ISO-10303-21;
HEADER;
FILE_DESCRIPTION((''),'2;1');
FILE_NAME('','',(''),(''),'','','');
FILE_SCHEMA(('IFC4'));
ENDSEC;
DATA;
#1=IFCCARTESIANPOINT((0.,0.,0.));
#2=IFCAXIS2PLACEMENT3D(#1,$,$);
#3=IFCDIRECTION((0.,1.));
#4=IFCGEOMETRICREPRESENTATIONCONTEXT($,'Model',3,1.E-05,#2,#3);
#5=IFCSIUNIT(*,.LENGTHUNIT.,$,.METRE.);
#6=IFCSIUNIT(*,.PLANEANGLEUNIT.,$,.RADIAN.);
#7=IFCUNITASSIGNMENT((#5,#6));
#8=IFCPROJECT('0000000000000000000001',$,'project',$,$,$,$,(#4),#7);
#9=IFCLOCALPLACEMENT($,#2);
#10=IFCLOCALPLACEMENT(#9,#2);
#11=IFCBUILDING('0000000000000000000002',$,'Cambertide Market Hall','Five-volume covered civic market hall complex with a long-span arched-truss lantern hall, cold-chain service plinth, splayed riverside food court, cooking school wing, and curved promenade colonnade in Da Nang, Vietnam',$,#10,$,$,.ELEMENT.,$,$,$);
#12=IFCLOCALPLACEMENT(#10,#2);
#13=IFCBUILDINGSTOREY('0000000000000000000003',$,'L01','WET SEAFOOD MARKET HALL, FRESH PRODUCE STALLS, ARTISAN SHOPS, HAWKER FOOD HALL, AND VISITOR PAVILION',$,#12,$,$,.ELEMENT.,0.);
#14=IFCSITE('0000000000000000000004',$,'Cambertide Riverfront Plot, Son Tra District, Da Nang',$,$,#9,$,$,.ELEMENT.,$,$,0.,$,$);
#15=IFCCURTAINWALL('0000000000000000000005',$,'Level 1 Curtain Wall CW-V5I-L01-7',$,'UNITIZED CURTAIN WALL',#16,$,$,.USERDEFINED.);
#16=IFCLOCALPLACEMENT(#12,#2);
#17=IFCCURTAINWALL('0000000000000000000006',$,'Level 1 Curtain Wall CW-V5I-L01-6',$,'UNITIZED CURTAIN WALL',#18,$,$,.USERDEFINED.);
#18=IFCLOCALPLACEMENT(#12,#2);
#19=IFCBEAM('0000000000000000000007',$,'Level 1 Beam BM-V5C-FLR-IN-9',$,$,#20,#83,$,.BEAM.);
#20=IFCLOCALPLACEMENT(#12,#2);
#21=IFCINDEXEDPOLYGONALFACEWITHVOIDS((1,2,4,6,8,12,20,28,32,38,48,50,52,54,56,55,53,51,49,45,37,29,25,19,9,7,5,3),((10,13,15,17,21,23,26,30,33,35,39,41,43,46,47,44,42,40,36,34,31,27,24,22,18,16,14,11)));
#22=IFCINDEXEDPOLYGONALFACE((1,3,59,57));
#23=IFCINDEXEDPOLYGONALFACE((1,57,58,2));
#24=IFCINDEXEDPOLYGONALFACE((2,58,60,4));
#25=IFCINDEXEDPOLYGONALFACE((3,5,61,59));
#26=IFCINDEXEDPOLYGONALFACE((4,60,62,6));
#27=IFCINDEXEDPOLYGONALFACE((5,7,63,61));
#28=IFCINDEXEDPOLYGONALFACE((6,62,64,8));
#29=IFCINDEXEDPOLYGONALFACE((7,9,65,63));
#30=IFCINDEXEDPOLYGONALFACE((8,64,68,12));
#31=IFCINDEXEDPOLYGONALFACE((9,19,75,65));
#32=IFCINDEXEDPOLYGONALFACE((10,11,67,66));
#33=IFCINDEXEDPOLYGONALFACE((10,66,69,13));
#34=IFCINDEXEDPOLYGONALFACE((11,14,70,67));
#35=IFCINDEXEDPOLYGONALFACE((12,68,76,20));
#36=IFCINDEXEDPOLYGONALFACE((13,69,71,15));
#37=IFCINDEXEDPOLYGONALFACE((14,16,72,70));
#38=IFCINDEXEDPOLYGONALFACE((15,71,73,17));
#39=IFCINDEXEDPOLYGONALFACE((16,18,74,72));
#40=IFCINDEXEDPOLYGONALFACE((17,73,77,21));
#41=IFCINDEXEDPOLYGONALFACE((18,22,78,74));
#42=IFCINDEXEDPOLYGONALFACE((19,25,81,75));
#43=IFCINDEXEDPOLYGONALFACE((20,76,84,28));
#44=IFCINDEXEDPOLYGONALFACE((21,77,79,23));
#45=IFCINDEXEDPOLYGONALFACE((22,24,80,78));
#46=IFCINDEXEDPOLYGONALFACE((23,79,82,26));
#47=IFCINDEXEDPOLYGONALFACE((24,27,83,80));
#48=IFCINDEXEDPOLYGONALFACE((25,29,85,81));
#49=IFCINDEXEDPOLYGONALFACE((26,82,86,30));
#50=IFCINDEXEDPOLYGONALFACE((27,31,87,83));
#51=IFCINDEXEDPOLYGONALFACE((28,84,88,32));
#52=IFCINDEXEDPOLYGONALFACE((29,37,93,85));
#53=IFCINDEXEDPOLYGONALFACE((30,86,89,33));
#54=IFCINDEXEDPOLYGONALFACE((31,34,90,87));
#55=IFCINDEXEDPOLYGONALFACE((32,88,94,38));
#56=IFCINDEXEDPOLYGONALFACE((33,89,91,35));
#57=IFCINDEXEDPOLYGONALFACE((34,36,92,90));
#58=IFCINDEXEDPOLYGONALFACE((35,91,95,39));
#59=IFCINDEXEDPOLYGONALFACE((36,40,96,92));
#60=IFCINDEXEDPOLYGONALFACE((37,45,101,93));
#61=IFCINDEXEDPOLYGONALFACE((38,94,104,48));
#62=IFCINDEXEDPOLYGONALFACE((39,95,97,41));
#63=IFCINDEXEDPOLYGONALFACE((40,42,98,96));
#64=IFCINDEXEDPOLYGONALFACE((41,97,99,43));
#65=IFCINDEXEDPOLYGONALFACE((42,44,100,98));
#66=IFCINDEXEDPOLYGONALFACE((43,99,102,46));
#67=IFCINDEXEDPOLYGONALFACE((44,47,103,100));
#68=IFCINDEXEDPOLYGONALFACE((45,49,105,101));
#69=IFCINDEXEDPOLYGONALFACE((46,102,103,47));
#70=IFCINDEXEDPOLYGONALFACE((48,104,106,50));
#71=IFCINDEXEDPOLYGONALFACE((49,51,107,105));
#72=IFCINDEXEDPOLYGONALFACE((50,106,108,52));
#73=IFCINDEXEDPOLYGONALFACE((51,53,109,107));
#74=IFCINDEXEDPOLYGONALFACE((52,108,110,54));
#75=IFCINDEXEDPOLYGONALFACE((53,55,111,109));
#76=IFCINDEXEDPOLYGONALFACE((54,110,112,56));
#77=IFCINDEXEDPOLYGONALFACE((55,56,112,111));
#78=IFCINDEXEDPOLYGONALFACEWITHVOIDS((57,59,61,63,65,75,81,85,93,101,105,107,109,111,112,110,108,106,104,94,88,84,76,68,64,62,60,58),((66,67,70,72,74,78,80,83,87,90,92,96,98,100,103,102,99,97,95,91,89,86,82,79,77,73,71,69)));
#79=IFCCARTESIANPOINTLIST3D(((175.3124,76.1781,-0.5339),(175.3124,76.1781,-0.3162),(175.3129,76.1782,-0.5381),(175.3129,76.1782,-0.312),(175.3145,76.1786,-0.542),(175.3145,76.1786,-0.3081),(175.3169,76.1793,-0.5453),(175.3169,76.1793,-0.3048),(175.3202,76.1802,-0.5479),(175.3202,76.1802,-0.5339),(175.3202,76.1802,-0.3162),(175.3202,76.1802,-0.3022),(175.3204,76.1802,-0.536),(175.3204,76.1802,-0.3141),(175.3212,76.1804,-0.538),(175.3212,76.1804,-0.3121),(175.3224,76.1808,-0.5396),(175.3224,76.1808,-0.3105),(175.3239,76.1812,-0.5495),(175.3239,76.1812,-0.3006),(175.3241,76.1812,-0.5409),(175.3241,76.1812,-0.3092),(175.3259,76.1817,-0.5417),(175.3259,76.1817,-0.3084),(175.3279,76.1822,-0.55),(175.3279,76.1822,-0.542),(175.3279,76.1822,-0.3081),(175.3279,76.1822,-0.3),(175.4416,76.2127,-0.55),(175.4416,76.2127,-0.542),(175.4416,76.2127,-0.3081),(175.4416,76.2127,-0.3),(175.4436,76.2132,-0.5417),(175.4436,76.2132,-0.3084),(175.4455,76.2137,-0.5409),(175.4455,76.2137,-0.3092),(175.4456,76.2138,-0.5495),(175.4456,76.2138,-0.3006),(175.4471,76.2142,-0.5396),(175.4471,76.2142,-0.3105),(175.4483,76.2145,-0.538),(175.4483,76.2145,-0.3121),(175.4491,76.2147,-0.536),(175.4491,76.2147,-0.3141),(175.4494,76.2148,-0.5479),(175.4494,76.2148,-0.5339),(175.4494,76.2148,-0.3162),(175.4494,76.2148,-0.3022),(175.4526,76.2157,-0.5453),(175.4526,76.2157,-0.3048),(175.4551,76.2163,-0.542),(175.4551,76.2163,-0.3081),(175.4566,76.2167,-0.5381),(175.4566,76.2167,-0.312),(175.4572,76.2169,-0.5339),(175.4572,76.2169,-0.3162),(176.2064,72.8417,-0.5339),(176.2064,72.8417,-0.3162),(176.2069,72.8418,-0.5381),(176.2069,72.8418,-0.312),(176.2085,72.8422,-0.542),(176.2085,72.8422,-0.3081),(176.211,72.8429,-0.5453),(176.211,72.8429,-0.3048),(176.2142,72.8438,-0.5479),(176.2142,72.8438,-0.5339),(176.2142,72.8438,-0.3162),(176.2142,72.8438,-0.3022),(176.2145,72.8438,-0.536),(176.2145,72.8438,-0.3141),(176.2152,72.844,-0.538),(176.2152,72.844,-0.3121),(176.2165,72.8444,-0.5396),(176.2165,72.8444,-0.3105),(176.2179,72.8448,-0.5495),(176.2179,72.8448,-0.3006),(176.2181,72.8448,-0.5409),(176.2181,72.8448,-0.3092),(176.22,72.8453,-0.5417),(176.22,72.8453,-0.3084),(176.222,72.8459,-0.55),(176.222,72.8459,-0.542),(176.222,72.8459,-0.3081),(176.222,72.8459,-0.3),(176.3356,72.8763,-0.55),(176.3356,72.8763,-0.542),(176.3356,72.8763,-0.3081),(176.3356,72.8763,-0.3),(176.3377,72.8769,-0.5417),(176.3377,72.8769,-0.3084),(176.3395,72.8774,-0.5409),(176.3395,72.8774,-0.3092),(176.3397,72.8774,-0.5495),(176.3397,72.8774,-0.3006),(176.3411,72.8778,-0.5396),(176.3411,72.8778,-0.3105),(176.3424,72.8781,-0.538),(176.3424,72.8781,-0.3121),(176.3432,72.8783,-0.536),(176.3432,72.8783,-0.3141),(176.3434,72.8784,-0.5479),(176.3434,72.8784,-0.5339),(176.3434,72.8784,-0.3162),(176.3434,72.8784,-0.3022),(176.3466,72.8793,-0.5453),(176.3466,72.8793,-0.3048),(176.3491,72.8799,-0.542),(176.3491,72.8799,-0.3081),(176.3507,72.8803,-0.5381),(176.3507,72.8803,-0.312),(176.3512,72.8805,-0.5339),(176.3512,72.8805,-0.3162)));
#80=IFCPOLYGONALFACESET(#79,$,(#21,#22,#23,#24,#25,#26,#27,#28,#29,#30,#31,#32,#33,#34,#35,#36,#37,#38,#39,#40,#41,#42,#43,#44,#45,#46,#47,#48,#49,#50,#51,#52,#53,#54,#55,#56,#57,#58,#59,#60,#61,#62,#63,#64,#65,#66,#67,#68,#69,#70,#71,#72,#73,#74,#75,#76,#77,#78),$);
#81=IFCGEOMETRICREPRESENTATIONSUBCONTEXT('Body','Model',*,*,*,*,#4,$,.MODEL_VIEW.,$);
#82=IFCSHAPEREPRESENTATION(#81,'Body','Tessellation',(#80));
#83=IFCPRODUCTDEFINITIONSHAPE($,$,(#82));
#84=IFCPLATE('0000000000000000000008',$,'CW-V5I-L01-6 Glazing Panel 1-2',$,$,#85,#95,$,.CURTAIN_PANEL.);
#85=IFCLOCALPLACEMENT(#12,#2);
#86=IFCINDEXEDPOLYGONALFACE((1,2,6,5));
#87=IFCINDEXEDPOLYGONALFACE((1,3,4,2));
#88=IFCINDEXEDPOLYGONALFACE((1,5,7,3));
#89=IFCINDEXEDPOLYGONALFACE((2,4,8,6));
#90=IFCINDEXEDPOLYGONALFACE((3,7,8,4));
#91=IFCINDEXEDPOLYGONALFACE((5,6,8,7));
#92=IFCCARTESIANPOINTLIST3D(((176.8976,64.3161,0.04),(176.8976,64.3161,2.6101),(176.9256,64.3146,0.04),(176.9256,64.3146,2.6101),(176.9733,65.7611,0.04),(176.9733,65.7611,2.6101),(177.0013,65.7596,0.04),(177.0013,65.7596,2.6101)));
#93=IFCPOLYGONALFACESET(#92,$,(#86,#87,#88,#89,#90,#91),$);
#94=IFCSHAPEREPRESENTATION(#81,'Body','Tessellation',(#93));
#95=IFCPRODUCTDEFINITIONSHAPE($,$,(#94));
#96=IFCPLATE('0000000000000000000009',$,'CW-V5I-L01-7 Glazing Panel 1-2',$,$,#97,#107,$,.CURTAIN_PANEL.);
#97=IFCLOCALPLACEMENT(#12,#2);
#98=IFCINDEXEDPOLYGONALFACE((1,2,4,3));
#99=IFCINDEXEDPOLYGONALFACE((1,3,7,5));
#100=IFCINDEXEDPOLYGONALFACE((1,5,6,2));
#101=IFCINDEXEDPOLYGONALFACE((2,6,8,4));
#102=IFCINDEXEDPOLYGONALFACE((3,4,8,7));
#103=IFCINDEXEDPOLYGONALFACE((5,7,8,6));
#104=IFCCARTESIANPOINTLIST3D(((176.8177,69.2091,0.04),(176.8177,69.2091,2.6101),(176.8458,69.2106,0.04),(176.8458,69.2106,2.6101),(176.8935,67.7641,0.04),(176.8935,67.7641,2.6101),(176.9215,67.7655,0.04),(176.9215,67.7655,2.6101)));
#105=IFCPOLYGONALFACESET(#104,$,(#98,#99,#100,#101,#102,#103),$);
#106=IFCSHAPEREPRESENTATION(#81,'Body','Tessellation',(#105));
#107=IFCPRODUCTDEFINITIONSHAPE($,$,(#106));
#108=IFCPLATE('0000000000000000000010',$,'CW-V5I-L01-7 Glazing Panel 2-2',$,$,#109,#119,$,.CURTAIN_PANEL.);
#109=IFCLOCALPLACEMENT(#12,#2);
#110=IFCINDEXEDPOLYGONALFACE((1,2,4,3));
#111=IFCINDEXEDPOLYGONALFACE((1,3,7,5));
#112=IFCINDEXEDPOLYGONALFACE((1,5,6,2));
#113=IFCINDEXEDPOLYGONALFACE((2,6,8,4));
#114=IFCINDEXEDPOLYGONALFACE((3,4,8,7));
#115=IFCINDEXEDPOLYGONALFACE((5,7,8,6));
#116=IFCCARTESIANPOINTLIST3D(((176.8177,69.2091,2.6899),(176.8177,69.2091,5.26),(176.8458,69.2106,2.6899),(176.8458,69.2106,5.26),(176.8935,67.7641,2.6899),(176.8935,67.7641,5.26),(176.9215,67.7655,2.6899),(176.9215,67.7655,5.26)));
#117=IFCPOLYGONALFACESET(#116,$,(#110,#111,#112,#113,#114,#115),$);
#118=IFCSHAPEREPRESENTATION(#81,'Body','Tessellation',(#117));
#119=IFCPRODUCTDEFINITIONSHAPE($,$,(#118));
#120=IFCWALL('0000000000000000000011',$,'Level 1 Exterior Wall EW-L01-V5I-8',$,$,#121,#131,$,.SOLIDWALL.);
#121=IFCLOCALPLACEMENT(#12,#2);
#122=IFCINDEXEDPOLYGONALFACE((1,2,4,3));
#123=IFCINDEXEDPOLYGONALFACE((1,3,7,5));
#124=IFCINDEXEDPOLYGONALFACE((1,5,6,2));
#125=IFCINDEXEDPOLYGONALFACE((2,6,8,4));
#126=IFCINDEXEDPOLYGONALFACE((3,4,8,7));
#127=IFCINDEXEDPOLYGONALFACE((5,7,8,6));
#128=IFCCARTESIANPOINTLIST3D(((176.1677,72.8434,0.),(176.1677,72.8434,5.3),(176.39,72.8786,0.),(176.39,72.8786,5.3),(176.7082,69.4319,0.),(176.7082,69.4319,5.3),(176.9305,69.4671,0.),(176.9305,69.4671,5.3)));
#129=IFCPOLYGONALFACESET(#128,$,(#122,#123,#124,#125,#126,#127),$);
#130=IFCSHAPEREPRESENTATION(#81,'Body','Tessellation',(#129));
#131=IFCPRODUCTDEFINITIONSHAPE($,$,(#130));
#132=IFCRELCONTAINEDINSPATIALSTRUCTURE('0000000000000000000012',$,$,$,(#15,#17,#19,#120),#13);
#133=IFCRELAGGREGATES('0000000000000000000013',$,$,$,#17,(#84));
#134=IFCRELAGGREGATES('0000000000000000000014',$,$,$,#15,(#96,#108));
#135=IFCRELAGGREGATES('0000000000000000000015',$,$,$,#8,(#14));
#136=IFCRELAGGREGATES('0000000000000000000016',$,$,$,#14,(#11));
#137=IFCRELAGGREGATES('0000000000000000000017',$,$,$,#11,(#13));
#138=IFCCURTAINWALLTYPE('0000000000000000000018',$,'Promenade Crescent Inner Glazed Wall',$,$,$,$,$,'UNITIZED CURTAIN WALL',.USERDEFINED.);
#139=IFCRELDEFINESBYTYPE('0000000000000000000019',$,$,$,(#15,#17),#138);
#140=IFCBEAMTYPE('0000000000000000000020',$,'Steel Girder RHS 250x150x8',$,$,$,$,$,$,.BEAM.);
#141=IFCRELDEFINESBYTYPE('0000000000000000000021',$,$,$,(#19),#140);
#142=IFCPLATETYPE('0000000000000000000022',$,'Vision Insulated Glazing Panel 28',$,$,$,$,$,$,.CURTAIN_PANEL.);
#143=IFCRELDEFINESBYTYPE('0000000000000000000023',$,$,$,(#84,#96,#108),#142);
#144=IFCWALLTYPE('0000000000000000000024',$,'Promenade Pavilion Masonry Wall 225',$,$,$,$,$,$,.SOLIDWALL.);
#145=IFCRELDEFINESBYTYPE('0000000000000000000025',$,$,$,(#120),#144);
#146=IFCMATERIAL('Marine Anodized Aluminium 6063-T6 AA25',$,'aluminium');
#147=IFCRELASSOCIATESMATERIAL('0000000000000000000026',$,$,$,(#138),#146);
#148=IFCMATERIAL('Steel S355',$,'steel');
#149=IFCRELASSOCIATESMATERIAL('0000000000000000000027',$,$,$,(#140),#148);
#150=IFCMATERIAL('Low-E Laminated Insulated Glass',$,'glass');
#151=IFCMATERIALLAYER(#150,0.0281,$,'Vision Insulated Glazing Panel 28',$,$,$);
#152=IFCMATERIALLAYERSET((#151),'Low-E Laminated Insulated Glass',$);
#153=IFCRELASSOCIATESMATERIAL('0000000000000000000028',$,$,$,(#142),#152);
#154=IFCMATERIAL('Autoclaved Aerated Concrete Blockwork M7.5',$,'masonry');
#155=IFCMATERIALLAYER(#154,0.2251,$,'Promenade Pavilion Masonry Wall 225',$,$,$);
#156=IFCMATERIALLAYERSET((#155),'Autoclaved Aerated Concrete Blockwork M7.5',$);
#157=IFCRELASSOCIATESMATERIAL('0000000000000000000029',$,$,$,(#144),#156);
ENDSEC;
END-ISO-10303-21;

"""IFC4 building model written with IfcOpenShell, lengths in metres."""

from ifc_helpers import new_model, si_unit, direction, frame, frame_2d, origin, origin_2d, place, context, subcontext, project, spatial, rectangle, hollow_rectangle, extrude, material, layer, layer_set, material_profile, profile_set, type_object, element, aggregate, save


model = new_model("IFC4")

# Units and contexts
model_context = context("Model", 3, precision=1e-05, world=origin(), true_north=direction((0.0, 1.0)))
body_context = subcontext(model_context, "Body", "Model", "MODEL_VIEW")
ifc_project = project(units=[si_unit("LENGTHUNIT", "METRE"), si_unit("PLANEANGLEUNIT", "RADIAN")], contexts=[model_context])

# Site, building, storey
site_placement = place(None, origin())
site = spatial("IfcSite", under=ifc_project, at=site_placement, Name="Cambertide Riverfront Plot, Son Tra District, Da Nang", CompositionType="ELEMENT", RefElevation=0.0)
building_placement = place(site_placement, origin())
building = spatial("IfcBuilding", under=site, at=building_placement, Name="Cambertide Market Hall", Description="Five-volume covered civic market hall complex with a long-span arched-truss lantern hall, cold-chain service plinth, splayed riverside food court, cooking school wing, and curved promenade colonnade in Da Nang, Vietnam", CompositionType="ELEMENT")
storey_placement = place(building_placement, origin())
storey = spatial("IfcBuildingStorey", under=building, at=storey_placement, Name="L01", Description="WET SEAFOOD MARKET HALL, FRESH PRODUCE STALLS, ARTISAN SHOPS, HAWKER FOOD HALL, AND VISITOR PAVILION", CompositionType="ELEMENT", Elevation=0.0)

# Curtain wall
ifc_material_1 = material(Name="Marine Anodized Aluminium 6063-T6 AA25", Category="aluminium")
curtain_wall_type = type_object("IfcCurtainWallType", Name="Promenade Crescent Inner Glazed Wall", ElementType="UNITIZED CURTAIN WALL", PredefinedType="USERDEFINED", material=ifc_material_1)
curtain_wall_1_placement = place(storey_placement, origin())
curtain_wall_1 = element("IfcCurtainWall", 1, at=curtain_wall_1_placement, inside=storey, type_object=curtain_wall_type, Name="Level 1 Curtain Wall CW-V5I-L01-7", ObjectType="UNITIZED CURTAIN WALL", PredefinedType="USERDEFINED")

# Curtain wall
curtain_wall_2_placement = place(storey_placement, origin())
curtain_wall_2 = element("IfcCurtainWall", 2, at=curtain_wall_2_placement, inside=storey, type_object=curtain_wall_type, Name="Level 1 Curtain Wall CW-V5I-L01-6", ObjectType="UNITIZED CURTAIN WALL", PredefinedType="USERDEFINED")

# Beam
ifc_material_2 = material(Name="Steel S355", Category="steel")
ifc_material_profile_1 = material_profile(ifc_material_2, hollow_rectangle(XDim=0.1499, YDim=0.25, WallThickness=0.0081, InnerFilletRadius=0.0081, OuterFilletRadius=0.0161, at=origin_2d()), Name="RHS 250x150x8")
ifc_profile_set_1 = profile_set([ifc_material_profile_1], Name="Steel S355")
beam_type_1 = type_object("IfcBeamType", Name="Steel Girder RHS 250x150x8", PredefinedType="BEAM", material=ifc_profile_set_1)
for number, where, z_axis, x_axis, name in (
    (3, (176.2788, 72.8611, -0.425), (-0.258833, 0.965922, 0.0), (-0.965922, -0.258833, 0.0), "Level 1 Beam BM-V5C-FLR-IN-9"),
):
    element("IfcBeam", number, at=place(storey_placement, frame(where, z_axis=z_axis, x_axis=x_axis)), inside=storey, type_object=beam_type_1, Name=name, PredefinedType="BEAM", context=body_context, shape_type="SweptSolid", body=[
        extrude(hollow_rectangle(XDim=0.1499, YDim=0.25, WallThickness=0.0081, InnerFilletRadius=0.0081, OuterFilletRadius=0.0161, at=origin_2d()), origin(), (0.0, 0.0, 1.0), 3.4541),
    ])

# Plates
ifc_material_3 = material(Name="Low-E Laminated Insulated Glass", Category="glass")
ifc_layer_1 = layer(ifc_material_3, 0.0281, Name="Vision Insulated Glazing Panel 28")
ifc_layer_set_1 = layer_set([ifc_layer_1], Name="Low-E Laminated Insulated Glass")
plate_type = type_object("IfcPlateType", Name="Vision Insulated Glazing Panel 28", PredefinedType="CURTAIN_PANEL", material=ifc_layer_set_1)
plate_1_placement = place(storey_placement, frame((176.9495, 65.0378, 0.04), z_axis=(0.0, 0.0, 1.0), x_axis=(0.052336, 0.99863, 0.0)))
plate_1 = element("IfcPlate", 4, at=plate_1_placement, type_object=plate_type, Name="CW-V5I-L01-6 Glazing Panel 1-2", PredefinedType="CURTAIN_PANEL", context=body_context, shape_type="SweptSolid", body=[
    extrude(rectangle(XDim=1.447, YDim=0.0281, at=origin_2d()), origin(), (0.0, 0.0, 1.0), 2.5701),
])
aggregate(curtain_wall_2, [plate_1])
plate_2_placement = place(storey_placement, frame((176.8696, 68.4873, 0.04), z_axis=(0.0, 0.0, 1.0), x_axis=(-0.052336, 0.99863, 0.0)))
plate_2 = element("IfcPlate", 5, at=plate_2_placement, type_object=plate_type, Name="CW-V5I-L01-7 Glazing Panel 1-2", PredefinedType="CURTAIN_PANEL", context=body_context, shape_type="SweptSolid", body=[
    extrude(rectangle(XDim=1.447, YDim=0.0281, at=origin_2d()), origin(), (0.0, 0.0, 1.0), 2.5701),
])
plate_3_placement = place(storey_placement, frame((176.8696, 68.4873, 2.6899), z_axis=(0.0, 0.0, 1.0), x_axis=(-0.052336, 0.99863, 0.0)))
plate_3 = element("IfcPlate", 6, at=plate_3_placement, type_object=plate_type, Name="CW-V5I-L01-7 Glazing Panel 2-2", PredefinedType="CURTAIN_PANEL", context=body_context, shape_type="SweptSolid", body=[
    extrude(rectangle(XDim=1.447, YDim=0.0281, at=origin_2d()), origin(), (0.0, 0.0, 1.0), 2.5701),
])
aggregate(curtain_wall_1, [plate_2, plate_3])

# Wall
ifc_material_4 = material(Name="Autoclaved Aerated Concrete Blockwork M7.5", Category="masonry")
ifc_layer_2 = layer(ifc_material_4, 0.2251, Name="Promenade Pavilion Masonry Wall 225")
ifc_layer_set_2 = layer_set([ifc_layer_2], Name="Autoclaved Aerated Concrete Blockwork M7.5")
wall_type = type_object("IfcWallType", Name="Promenade Pavilion Masonry Wall 225", PredefinedType="SOLIDWALL", material=ifc_layer_set_2)
wall_placement = place(storey_placement, frame((176.8193, 69.4495, 0.0), z_axis=(0.0, 0.0, 1.0), x_axis=(-0.156485, 0.98768, 0.0)))
element("IfcWall", 7, at=wall_placement, inside=storey, type_object=wall_type, Name="Level 1 Exterior Wall EW-L01-V5I-8", PredefinedType="SOLIDWALL", context=body_context, shape_type="SweptSolid", body=[
    extrude(rectangle(XDim=3.4541, YDim=0.2251, at=frame_2d((1.7271, 0.0))), origin(), (0.0, 0.0, 1.0), 5.3),
])

save(model, "model.ifc")
